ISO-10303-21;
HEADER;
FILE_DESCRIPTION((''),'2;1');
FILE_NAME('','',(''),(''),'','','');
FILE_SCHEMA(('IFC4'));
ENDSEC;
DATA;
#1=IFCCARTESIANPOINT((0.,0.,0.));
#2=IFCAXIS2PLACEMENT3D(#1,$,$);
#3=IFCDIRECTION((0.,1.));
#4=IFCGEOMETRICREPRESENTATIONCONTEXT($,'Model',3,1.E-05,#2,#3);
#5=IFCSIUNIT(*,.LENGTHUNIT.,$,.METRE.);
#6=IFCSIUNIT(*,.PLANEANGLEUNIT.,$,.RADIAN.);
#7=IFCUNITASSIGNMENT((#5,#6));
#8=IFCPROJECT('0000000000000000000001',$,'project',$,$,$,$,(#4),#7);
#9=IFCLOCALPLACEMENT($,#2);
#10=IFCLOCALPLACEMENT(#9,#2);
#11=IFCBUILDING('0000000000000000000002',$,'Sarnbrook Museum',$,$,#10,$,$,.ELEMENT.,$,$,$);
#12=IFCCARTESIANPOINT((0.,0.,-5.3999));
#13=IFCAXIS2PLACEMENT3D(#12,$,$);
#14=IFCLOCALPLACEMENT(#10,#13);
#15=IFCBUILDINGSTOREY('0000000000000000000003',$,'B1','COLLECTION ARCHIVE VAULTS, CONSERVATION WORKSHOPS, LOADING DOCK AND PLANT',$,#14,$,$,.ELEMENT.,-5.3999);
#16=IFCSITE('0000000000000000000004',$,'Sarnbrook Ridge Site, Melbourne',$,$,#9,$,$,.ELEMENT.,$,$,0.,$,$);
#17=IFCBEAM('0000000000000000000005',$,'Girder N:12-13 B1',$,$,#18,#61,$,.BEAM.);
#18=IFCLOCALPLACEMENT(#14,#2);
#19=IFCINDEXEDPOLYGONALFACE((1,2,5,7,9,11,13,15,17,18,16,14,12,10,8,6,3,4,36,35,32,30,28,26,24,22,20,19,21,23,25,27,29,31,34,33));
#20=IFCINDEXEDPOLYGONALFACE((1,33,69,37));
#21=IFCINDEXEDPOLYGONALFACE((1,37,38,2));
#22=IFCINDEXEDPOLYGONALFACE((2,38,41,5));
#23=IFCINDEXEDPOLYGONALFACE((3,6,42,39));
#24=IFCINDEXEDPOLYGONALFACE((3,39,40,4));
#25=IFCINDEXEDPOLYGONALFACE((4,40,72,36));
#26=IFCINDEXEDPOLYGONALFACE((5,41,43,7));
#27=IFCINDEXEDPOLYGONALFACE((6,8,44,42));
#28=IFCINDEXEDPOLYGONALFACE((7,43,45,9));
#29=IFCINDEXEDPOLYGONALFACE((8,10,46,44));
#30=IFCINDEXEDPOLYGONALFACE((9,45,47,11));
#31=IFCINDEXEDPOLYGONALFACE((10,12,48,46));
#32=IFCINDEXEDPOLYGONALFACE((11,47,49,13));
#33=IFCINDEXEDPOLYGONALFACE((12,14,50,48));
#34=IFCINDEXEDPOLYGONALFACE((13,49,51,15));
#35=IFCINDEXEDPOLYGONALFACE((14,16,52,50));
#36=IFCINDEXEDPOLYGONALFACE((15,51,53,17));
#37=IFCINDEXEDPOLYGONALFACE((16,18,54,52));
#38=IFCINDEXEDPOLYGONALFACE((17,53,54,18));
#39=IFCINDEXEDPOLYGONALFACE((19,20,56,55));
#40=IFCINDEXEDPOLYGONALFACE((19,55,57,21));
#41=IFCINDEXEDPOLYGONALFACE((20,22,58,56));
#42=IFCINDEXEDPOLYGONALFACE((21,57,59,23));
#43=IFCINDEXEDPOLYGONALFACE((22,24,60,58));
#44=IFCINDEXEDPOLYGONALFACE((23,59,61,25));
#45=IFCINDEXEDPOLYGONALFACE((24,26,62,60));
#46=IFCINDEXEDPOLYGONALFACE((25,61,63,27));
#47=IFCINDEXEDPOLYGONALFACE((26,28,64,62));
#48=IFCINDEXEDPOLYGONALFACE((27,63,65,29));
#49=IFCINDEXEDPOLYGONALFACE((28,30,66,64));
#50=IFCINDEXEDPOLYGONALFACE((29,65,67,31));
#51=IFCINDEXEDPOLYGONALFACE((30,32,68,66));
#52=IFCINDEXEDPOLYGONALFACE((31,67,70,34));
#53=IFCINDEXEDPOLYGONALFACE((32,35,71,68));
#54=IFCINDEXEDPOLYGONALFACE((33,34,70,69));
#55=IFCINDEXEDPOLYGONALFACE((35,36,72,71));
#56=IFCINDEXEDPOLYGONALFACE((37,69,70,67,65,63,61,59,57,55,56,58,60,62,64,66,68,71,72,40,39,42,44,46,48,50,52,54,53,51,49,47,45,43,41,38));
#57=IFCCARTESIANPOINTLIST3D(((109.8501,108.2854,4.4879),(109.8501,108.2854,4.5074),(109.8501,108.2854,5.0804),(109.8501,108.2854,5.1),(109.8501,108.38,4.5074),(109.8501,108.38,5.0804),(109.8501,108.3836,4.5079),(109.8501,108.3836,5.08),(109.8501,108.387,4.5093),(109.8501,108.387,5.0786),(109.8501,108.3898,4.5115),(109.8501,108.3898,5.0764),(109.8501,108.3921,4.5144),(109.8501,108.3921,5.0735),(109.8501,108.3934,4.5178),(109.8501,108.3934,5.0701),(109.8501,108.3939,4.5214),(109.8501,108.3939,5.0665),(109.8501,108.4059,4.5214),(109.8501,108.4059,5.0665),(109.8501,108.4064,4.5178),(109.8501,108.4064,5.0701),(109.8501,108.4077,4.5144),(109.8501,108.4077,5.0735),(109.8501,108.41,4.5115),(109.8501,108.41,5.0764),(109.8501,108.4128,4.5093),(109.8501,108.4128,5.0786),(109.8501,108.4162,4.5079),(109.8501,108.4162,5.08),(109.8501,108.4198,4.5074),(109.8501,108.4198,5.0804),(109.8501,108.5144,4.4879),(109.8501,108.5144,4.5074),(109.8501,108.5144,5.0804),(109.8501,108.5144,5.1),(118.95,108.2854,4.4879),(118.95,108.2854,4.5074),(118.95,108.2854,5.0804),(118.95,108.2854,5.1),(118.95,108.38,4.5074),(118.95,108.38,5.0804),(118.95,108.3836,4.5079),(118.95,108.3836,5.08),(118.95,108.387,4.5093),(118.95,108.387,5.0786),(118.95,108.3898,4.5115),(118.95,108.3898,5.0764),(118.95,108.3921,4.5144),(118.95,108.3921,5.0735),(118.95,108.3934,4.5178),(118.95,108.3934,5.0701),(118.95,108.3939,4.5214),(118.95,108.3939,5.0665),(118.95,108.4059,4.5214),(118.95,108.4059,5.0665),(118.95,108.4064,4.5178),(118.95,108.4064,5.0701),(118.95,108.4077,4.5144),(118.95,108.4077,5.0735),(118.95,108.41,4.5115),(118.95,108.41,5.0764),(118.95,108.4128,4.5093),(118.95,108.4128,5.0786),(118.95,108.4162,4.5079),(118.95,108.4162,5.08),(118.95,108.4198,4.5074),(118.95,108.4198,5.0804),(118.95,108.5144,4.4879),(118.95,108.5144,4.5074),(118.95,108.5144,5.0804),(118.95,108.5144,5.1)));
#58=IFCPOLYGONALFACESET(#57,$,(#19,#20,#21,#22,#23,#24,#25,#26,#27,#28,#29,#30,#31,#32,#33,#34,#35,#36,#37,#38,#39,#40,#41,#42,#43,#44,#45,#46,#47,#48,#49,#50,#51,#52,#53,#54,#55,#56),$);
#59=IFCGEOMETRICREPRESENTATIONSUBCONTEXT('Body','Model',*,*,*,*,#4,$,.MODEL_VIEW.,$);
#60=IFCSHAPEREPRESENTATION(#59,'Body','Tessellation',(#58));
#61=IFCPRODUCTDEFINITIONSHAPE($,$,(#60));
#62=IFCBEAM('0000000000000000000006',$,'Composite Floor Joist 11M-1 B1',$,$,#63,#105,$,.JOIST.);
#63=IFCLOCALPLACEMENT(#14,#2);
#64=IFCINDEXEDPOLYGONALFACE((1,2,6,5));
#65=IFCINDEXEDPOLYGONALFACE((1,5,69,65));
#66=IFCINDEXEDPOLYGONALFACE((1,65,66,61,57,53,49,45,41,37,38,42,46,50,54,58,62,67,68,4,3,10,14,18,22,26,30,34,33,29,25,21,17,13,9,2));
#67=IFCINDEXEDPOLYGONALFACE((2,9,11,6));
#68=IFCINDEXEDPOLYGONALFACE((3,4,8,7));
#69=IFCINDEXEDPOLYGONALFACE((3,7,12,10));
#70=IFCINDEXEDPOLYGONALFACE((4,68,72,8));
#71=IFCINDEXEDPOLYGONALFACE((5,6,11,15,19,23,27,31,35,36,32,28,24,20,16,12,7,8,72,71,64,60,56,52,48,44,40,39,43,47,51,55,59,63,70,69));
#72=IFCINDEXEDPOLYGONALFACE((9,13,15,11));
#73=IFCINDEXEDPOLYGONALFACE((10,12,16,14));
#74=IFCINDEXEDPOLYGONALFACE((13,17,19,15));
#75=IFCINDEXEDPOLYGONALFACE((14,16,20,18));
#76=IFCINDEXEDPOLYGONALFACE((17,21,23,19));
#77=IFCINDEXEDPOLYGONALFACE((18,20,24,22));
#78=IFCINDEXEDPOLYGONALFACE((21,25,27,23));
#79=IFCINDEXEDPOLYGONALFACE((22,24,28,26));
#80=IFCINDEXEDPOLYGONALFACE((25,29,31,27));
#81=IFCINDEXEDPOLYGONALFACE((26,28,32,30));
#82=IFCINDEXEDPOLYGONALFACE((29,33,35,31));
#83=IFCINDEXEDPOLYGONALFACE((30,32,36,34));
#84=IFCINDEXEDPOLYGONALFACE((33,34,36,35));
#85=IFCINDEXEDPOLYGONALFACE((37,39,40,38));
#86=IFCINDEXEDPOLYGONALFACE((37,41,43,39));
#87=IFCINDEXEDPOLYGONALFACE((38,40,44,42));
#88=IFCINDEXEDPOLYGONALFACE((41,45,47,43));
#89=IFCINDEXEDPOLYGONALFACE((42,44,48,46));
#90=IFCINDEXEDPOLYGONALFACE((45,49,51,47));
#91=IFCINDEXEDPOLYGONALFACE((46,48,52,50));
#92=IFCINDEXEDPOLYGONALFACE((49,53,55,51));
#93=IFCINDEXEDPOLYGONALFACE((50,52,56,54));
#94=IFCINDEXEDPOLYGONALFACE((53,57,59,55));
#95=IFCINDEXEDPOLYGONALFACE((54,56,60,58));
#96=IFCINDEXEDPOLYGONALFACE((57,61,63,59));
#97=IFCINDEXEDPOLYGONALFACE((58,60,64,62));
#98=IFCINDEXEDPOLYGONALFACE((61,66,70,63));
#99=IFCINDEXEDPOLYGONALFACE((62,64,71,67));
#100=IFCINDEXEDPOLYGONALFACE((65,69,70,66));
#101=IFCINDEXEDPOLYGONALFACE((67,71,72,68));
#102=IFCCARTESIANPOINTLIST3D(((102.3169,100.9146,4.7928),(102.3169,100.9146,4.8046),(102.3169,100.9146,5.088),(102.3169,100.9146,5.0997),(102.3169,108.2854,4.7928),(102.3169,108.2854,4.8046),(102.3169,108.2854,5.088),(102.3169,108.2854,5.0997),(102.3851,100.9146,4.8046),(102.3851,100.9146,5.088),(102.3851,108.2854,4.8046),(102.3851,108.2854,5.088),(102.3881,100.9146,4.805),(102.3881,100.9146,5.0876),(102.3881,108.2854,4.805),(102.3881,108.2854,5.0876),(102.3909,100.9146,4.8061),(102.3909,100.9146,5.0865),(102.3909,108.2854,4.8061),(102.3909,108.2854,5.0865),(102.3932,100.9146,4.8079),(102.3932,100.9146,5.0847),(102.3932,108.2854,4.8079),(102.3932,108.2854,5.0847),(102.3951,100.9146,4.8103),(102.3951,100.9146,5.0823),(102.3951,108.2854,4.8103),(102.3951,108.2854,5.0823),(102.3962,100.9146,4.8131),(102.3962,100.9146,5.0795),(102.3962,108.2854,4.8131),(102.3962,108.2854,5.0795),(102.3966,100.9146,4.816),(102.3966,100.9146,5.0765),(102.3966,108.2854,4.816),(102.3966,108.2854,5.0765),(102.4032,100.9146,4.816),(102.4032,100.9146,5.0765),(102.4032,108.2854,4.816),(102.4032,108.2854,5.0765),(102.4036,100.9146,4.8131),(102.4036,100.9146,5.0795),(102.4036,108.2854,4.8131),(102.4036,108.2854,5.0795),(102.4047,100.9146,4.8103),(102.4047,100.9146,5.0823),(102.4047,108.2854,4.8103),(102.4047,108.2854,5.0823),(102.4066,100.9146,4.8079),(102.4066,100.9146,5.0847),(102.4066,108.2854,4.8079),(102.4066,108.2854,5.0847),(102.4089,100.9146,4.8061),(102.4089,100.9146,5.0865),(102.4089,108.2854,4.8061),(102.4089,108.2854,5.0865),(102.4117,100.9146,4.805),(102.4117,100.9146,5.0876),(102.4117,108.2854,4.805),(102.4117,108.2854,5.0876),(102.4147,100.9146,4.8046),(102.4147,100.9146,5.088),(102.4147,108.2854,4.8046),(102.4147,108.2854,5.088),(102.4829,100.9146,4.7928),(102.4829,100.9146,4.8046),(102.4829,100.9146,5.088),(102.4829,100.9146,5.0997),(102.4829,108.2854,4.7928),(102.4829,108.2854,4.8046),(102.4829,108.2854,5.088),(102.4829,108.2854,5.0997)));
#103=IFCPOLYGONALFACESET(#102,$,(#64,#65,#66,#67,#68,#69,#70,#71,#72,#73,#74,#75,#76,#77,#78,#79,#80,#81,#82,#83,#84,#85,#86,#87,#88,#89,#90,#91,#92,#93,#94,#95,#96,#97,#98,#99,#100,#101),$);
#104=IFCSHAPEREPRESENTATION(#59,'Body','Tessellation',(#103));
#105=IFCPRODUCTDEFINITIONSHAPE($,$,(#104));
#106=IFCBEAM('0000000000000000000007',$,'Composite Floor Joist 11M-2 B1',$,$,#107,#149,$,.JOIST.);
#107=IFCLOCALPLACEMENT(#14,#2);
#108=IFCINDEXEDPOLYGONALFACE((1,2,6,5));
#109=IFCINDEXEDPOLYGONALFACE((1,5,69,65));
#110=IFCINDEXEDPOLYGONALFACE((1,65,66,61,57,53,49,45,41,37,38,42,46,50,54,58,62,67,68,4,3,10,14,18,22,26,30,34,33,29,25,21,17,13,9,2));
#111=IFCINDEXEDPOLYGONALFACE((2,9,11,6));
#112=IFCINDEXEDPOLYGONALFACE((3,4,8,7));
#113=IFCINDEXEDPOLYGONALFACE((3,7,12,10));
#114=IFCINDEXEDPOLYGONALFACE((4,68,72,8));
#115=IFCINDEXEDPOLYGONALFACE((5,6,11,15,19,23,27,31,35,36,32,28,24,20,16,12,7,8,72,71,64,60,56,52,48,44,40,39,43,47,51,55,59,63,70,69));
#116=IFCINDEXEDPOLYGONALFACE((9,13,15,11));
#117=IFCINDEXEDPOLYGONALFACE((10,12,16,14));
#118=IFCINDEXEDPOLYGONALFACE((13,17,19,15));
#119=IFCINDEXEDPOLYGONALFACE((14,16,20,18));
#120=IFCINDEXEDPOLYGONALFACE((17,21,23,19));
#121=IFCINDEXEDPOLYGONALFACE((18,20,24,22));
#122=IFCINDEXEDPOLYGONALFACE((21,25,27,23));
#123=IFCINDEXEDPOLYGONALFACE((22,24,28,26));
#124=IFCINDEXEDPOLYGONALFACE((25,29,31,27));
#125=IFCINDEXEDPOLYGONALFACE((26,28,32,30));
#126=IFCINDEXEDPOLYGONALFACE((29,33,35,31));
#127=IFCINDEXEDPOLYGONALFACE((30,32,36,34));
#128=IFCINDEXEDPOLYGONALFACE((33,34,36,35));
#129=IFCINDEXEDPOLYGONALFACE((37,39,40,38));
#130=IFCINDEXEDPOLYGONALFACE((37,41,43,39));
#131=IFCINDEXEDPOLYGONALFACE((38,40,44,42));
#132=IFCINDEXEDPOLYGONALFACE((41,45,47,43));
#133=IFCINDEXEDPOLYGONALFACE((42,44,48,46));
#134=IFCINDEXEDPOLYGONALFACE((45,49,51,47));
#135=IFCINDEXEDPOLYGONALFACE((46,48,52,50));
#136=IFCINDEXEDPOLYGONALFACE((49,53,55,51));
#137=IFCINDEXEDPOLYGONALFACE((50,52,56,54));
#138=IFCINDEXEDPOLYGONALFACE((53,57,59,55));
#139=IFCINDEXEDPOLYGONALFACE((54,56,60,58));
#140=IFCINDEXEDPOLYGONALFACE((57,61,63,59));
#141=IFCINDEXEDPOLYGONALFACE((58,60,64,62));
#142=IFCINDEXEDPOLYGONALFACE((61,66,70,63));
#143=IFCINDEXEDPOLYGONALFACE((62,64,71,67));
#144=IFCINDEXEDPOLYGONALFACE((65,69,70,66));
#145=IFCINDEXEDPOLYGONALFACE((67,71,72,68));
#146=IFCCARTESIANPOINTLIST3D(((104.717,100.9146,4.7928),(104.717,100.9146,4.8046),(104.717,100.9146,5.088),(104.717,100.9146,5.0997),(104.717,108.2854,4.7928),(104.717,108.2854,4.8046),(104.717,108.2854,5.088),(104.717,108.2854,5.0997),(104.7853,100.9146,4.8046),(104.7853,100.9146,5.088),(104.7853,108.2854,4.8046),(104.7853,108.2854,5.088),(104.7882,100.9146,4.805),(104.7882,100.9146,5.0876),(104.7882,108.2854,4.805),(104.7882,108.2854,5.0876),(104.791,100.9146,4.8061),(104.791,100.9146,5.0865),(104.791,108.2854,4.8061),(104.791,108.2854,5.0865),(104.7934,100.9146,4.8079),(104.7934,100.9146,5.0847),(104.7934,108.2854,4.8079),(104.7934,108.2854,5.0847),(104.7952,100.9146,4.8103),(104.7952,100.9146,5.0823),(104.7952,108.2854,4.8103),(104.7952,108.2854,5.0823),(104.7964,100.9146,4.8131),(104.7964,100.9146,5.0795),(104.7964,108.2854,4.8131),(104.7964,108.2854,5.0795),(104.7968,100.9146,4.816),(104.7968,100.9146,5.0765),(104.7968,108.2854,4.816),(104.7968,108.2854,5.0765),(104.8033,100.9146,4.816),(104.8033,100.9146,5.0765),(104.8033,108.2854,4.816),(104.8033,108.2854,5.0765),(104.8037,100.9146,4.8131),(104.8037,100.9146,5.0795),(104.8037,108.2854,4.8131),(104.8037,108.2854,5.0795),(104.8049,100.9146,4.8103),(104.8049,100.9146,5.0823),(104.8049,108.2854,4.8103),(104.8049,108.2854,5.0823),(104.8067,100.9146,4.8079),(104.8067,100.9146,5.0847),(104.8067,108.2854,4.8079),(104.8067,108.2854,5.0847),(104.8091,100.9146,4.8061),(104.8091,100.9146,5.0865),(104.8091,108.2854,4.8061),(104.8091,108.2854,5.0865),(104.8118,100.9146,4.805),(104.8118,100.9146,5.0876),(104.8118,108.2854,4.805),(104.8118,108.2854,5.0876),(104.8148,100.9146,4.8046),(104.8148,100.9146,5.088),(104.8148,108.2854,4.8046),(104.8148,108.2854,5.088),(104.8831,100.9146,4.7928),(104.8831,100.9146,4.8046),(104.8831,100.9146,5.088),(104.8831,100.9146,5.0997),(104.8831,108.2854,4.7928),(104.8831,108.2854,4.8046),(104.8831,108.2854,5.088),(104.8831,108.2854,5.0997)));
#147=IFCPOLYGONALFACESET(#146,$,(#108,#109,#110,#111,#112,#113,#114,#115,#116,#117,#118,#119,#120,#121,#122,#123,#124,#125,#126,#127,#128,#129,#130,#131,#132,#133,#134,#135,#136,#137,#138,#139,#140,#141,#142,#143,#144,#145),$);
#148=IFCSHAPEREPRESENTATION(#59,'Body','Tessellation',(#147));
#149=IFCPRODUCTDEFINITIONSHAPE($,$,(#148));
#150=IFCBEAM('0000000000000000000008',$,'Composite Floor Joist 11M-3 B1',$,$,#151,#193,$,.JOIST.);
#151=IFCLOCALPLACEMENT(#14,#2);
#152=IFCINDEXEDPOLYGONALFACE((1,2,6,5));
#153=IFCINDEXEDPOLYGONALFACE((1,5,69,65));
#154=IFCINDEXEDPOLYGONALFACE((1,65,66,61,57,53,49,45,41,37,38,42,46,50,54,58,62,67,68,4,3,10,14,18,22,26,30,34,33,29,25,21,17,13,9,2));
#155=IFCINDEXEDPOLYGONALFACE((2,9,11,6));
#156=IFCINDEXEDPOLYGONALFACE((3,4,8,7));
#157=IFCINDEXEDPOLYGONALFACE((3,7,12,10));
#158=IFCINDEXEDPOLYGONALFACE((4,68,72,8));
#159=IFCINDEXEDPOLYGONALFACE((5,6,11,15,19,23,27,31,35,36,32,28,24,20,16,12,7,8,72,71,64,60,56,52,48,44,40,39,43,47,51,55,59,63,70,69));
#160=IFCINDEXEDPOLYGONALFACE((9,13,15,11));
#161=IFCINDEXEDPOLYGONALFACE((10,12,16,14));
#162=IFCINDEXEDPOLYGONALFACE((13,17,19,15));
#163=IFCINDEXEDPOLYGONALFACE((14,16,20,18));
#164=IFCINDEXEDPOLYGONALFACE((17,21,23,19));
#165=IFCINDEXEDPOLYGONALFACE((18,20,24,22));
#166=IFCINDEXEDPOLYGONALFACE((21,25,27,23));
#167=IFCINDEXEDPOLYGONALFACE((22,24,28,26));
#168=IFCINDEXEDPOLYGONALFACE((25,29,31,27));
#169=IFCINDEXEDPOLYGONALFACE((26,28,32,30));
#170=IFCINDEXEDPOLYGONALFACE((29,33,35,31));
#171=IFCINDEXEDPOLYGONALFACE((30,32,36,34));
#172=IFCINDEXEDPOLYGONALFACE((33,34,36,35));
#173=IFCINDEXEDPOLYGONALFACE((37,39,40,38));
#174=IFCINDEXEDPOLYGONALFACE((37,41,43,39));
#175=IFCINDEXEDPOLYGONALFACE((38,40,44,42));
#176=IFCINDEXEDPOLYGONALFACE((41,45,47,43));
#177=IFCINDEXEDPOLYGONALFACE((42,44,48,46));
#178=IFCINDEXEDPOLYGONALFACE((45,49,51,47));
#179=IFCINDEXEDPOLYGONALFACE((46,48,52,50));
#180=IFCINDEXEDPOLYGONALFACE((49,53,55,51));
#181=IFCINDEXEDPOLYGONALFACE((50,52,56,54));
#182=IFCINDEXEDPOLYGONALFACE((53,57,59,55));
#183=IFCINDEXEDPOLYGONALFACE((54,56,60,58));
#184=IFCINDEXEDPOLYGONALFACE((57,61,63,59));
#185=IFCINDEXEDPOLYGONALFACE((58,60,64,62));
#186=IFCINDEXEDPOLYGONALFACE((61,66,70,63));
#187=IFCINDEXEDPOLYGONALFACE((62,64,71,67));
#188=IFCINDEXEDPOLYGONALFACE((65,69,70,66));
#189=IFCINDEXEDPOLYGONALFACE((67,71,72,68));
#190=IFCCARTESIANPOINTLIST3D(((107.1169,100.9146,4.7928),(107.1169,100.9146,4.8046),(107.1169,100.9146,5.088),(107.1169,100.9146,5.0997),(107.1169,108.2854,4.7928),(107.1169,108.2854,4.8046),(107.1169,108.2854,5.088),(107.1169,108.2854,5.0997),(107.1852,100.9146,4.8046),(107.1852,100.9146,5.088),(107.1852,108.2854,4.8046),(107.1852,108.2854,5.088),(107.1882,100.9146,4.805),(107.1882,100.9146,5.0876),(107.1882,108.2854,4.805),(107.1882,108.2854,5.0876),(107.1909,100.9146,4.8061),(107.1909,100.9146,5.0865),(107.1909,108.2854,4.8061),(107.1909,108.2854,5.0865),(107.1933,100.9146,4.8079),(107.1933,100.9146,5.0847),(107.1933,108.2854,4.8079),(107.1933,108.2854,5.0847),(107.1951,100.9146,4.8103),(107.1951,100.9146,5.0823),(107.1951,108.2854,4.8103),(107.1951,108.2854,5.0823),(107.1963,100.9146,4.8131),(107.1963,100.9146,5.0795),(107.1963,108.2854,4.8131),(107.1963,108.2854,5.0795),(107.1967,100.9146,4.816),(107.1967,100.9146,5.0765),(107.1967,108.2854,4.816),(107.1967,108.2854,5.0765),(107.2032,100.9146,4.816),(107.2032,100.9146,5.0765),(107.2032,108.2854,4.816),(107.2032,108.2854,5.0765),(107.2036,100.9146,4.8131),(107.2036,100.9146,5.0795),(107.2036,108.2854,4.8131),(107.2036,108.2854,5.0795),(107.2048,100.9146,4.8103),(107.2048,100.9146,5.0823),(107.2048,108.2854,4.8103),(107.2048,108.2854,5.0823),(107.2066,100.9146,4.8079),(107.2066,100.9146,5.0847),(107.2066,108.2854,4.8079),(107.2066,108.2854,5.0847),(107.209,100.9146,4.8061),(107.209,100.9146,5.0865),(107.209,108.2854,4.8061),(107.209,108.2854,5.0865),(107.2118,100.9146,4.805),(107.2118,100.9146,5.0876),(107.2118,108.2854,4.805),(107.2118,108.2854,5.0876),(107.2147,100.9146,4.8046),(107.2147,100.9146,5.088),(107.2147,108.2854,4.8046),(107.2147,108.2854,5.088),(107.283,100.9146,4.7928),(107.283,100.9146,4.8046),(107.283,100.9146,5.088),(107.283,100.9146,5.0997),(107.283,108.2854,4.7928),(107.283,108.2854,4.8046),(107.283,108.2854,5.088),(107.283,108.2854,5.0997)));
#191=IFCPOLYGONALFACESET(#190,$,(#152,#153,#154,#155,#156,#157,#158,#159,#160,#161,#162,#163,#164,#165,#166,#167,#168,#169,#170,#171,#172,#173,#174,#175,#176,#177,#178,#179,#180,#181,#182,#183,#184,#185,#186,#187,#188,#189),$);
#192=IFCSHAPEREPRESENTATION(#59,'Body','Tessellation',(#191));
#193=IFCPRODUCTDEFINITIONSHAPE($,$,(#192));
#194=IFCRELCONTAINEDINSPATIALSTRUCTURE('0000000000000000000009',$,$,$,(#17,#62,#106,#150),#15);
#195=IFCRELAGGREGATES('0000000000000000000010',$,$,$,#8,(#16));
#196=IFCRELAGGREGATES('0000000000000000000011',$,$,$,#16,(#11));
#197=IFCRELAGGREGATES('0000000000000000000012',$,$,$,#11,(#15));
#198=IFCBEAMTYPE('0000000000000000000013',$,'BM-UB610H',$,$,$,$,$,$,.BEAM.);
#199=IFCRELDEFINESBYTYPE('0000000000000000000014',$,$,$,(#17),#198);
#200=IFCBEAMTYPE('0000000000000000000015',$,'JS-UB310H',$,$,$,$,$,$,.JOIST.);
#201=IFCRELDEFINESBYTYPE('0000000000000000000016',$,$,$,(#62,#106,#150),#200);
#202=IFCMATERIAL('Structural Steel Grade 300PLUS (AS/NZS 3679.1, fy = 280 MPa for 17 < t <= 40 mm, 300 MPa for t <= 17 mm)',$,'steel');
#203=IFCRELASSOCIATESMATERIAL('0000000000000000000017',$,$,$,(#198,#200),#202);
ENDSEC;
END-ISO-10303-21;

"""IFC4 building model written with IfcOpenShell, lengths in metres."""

from ifc_helpers import new_model, si_unit, direction, frame, origin, origin_2d, place, context, subcontext, project, spatial, i_section, extrude, material, material_profile, profile_set, type_object, element, save


model = new_model("IFC4")

# Units and contexts
model_context = context("Model", 3, precision=1e-05, world=origin(), true_north=direction((0.0, 1.0)))
body_context = subcontext(model_context, "Body", "Model", "MODEL_VIEW")
ifc_project = project(units=[si_unit("LENGTHUNIT", "METRE"), si_unit("PLANEANGLEUNIT", "RADIAN")], contexts=[model_context])

# Site, building, storey
site_placement = place(None, origin())
site = spatial("IfcSite", under=ifc_project, at=site_placement, Name="Sarnbrook Ridge Site, Melbourne", CompositionType="ELEMENT", RefElevation=0.0)
building_placement = place(site_placement, origin())
building = spatial("IfcBuilding", under=site, at=building_placement, Name="Sarnbrook Museum", CompositionType="ELEMENT")
storey_placement = place(building_placement, frame((0.0, 0.0, -5.3999)))
storey = spatial("IfcBuildingStorey", under=building, at=storey_placement, Name="B1", Description="COLLECTION ARCHIVE VAULTS, CONSERVATION WORKSHOPS, LOADING DOCK AND PLANT", CompositionType="ELEMENT", Elevation=-5.3999)

# Beams
ifc_material_1 = material(Name="Structural Steel Grade 300PLUS (AS/NZS 3679.1, fy = 280 MPa for 17 < t <= 40 mm, 300 MPa for t <= 17 mm)", Category="steel")
ifc_material_profile_1 = material_profile(ifc_material_1, i_section(OverallWidth=0.229, OverallDepth=0.6121, WebThickness=0.012, FlangeThickness=0.0195, FilletRadius=0.0139, at=origin_2d()), Name="610UB125")
ifc_profile_set_1 = profile_set([ifc_material_profile_1], Name="Structural Steel Grade 300PLUS (AS/NZS 3679.1, fy = 280 MPa for 17 < t <= 40 mm, 300 MPa for t <= 17 mm)")
beam_type_1 = type_object("IfcBeamType", Name="BM-UB610H", PredefinedType="BEAM", material=ifc_profile_set_1)
beam_1_placement = place(storey_placement, frame((109.8501, 108.3999, 4.7939), z_axis=(1.0, 0.0, 0.0), x_axis=(0.0, 1.0, 0.0)))
element("IfcBeam", 1, at=beam_1_placement, inside=storey, type_object=beam_type_1, Name="Girder N:12-13 B1", PredefinedType="BEAM", context=body_context, shape_type="SweptSolid", body=[
    extrude(i_section(OverallWidth=0.229, OverallDepth=0.6121, WebThickness=0.012, FlangeThickness=0.0195, FilletRadius=0.0139, at=origin_2d()), origin(), (0.0, 0.0, 1.0), 9.0999),
])
ifc_material_profile_2 = material_profile(ifc_material_1, i_section(OverallWidth=0.166, OverallDepth=0.3069, WebThickness=0.0066, FlangeThickness=0.0117, FilletRadius=0.0115, at=origin_2d()), Name="310UB46.2")
ifc_profile_set_2 = profile_set([ifc_material_profile_2], Name="Structural Steel Grade 300PLUS (AS/NZS 3679.1, fy = 280 MPa for 17 < t <= 40 mm, 300 MPa for t <= 17 mm)")
beam_type_2 = type_object("IfcBeamType", Name="JS-UB310H", PredefinedType="JOIST", material=ifc_profile_set_2)
for number, where, z_axis, x_axis, name in (
    (2, (102.3999, 100.9146, 4.9463), (0.0, 1.0, 0.0), (-1.0, 0.0, 0.0), "Composite Floor Joist 11M-1 B1"),
    (3, (104.8, 100.9146, 4.9463), (0.0, 1.0, 0.0), (-1.0, 0.0, 0.0), "Composite Floor Joist 11M-2 B1"),
    (4, (107.2, 100.9146, 4.9463), (0.0, 1.0, 0.0), (-1.0, 0.0, 0.0), "Composite Floor Joist 11M-3 B1"),
):
    element("IfcBeam", number, at=place(storey_placement, frame(where, z_axis=z_axis, x_axis=x_axis)), inside=storey, type_object=beam_type_2, Name=name, PredefinedType="JOIST", context=body_context, shape_type="SweptSolid", body=[
        extrude(i_section(OverallWidth=0.166, OverallDepth=0.3069, WebThickness=0.0066, FlangeThickness=0.0117, FilletRadius=0.0115, at=origin_2d()), origin(), (0.0, 0.0, 1.0), 7.3708),
    ])

save(model, "model.ifc")
